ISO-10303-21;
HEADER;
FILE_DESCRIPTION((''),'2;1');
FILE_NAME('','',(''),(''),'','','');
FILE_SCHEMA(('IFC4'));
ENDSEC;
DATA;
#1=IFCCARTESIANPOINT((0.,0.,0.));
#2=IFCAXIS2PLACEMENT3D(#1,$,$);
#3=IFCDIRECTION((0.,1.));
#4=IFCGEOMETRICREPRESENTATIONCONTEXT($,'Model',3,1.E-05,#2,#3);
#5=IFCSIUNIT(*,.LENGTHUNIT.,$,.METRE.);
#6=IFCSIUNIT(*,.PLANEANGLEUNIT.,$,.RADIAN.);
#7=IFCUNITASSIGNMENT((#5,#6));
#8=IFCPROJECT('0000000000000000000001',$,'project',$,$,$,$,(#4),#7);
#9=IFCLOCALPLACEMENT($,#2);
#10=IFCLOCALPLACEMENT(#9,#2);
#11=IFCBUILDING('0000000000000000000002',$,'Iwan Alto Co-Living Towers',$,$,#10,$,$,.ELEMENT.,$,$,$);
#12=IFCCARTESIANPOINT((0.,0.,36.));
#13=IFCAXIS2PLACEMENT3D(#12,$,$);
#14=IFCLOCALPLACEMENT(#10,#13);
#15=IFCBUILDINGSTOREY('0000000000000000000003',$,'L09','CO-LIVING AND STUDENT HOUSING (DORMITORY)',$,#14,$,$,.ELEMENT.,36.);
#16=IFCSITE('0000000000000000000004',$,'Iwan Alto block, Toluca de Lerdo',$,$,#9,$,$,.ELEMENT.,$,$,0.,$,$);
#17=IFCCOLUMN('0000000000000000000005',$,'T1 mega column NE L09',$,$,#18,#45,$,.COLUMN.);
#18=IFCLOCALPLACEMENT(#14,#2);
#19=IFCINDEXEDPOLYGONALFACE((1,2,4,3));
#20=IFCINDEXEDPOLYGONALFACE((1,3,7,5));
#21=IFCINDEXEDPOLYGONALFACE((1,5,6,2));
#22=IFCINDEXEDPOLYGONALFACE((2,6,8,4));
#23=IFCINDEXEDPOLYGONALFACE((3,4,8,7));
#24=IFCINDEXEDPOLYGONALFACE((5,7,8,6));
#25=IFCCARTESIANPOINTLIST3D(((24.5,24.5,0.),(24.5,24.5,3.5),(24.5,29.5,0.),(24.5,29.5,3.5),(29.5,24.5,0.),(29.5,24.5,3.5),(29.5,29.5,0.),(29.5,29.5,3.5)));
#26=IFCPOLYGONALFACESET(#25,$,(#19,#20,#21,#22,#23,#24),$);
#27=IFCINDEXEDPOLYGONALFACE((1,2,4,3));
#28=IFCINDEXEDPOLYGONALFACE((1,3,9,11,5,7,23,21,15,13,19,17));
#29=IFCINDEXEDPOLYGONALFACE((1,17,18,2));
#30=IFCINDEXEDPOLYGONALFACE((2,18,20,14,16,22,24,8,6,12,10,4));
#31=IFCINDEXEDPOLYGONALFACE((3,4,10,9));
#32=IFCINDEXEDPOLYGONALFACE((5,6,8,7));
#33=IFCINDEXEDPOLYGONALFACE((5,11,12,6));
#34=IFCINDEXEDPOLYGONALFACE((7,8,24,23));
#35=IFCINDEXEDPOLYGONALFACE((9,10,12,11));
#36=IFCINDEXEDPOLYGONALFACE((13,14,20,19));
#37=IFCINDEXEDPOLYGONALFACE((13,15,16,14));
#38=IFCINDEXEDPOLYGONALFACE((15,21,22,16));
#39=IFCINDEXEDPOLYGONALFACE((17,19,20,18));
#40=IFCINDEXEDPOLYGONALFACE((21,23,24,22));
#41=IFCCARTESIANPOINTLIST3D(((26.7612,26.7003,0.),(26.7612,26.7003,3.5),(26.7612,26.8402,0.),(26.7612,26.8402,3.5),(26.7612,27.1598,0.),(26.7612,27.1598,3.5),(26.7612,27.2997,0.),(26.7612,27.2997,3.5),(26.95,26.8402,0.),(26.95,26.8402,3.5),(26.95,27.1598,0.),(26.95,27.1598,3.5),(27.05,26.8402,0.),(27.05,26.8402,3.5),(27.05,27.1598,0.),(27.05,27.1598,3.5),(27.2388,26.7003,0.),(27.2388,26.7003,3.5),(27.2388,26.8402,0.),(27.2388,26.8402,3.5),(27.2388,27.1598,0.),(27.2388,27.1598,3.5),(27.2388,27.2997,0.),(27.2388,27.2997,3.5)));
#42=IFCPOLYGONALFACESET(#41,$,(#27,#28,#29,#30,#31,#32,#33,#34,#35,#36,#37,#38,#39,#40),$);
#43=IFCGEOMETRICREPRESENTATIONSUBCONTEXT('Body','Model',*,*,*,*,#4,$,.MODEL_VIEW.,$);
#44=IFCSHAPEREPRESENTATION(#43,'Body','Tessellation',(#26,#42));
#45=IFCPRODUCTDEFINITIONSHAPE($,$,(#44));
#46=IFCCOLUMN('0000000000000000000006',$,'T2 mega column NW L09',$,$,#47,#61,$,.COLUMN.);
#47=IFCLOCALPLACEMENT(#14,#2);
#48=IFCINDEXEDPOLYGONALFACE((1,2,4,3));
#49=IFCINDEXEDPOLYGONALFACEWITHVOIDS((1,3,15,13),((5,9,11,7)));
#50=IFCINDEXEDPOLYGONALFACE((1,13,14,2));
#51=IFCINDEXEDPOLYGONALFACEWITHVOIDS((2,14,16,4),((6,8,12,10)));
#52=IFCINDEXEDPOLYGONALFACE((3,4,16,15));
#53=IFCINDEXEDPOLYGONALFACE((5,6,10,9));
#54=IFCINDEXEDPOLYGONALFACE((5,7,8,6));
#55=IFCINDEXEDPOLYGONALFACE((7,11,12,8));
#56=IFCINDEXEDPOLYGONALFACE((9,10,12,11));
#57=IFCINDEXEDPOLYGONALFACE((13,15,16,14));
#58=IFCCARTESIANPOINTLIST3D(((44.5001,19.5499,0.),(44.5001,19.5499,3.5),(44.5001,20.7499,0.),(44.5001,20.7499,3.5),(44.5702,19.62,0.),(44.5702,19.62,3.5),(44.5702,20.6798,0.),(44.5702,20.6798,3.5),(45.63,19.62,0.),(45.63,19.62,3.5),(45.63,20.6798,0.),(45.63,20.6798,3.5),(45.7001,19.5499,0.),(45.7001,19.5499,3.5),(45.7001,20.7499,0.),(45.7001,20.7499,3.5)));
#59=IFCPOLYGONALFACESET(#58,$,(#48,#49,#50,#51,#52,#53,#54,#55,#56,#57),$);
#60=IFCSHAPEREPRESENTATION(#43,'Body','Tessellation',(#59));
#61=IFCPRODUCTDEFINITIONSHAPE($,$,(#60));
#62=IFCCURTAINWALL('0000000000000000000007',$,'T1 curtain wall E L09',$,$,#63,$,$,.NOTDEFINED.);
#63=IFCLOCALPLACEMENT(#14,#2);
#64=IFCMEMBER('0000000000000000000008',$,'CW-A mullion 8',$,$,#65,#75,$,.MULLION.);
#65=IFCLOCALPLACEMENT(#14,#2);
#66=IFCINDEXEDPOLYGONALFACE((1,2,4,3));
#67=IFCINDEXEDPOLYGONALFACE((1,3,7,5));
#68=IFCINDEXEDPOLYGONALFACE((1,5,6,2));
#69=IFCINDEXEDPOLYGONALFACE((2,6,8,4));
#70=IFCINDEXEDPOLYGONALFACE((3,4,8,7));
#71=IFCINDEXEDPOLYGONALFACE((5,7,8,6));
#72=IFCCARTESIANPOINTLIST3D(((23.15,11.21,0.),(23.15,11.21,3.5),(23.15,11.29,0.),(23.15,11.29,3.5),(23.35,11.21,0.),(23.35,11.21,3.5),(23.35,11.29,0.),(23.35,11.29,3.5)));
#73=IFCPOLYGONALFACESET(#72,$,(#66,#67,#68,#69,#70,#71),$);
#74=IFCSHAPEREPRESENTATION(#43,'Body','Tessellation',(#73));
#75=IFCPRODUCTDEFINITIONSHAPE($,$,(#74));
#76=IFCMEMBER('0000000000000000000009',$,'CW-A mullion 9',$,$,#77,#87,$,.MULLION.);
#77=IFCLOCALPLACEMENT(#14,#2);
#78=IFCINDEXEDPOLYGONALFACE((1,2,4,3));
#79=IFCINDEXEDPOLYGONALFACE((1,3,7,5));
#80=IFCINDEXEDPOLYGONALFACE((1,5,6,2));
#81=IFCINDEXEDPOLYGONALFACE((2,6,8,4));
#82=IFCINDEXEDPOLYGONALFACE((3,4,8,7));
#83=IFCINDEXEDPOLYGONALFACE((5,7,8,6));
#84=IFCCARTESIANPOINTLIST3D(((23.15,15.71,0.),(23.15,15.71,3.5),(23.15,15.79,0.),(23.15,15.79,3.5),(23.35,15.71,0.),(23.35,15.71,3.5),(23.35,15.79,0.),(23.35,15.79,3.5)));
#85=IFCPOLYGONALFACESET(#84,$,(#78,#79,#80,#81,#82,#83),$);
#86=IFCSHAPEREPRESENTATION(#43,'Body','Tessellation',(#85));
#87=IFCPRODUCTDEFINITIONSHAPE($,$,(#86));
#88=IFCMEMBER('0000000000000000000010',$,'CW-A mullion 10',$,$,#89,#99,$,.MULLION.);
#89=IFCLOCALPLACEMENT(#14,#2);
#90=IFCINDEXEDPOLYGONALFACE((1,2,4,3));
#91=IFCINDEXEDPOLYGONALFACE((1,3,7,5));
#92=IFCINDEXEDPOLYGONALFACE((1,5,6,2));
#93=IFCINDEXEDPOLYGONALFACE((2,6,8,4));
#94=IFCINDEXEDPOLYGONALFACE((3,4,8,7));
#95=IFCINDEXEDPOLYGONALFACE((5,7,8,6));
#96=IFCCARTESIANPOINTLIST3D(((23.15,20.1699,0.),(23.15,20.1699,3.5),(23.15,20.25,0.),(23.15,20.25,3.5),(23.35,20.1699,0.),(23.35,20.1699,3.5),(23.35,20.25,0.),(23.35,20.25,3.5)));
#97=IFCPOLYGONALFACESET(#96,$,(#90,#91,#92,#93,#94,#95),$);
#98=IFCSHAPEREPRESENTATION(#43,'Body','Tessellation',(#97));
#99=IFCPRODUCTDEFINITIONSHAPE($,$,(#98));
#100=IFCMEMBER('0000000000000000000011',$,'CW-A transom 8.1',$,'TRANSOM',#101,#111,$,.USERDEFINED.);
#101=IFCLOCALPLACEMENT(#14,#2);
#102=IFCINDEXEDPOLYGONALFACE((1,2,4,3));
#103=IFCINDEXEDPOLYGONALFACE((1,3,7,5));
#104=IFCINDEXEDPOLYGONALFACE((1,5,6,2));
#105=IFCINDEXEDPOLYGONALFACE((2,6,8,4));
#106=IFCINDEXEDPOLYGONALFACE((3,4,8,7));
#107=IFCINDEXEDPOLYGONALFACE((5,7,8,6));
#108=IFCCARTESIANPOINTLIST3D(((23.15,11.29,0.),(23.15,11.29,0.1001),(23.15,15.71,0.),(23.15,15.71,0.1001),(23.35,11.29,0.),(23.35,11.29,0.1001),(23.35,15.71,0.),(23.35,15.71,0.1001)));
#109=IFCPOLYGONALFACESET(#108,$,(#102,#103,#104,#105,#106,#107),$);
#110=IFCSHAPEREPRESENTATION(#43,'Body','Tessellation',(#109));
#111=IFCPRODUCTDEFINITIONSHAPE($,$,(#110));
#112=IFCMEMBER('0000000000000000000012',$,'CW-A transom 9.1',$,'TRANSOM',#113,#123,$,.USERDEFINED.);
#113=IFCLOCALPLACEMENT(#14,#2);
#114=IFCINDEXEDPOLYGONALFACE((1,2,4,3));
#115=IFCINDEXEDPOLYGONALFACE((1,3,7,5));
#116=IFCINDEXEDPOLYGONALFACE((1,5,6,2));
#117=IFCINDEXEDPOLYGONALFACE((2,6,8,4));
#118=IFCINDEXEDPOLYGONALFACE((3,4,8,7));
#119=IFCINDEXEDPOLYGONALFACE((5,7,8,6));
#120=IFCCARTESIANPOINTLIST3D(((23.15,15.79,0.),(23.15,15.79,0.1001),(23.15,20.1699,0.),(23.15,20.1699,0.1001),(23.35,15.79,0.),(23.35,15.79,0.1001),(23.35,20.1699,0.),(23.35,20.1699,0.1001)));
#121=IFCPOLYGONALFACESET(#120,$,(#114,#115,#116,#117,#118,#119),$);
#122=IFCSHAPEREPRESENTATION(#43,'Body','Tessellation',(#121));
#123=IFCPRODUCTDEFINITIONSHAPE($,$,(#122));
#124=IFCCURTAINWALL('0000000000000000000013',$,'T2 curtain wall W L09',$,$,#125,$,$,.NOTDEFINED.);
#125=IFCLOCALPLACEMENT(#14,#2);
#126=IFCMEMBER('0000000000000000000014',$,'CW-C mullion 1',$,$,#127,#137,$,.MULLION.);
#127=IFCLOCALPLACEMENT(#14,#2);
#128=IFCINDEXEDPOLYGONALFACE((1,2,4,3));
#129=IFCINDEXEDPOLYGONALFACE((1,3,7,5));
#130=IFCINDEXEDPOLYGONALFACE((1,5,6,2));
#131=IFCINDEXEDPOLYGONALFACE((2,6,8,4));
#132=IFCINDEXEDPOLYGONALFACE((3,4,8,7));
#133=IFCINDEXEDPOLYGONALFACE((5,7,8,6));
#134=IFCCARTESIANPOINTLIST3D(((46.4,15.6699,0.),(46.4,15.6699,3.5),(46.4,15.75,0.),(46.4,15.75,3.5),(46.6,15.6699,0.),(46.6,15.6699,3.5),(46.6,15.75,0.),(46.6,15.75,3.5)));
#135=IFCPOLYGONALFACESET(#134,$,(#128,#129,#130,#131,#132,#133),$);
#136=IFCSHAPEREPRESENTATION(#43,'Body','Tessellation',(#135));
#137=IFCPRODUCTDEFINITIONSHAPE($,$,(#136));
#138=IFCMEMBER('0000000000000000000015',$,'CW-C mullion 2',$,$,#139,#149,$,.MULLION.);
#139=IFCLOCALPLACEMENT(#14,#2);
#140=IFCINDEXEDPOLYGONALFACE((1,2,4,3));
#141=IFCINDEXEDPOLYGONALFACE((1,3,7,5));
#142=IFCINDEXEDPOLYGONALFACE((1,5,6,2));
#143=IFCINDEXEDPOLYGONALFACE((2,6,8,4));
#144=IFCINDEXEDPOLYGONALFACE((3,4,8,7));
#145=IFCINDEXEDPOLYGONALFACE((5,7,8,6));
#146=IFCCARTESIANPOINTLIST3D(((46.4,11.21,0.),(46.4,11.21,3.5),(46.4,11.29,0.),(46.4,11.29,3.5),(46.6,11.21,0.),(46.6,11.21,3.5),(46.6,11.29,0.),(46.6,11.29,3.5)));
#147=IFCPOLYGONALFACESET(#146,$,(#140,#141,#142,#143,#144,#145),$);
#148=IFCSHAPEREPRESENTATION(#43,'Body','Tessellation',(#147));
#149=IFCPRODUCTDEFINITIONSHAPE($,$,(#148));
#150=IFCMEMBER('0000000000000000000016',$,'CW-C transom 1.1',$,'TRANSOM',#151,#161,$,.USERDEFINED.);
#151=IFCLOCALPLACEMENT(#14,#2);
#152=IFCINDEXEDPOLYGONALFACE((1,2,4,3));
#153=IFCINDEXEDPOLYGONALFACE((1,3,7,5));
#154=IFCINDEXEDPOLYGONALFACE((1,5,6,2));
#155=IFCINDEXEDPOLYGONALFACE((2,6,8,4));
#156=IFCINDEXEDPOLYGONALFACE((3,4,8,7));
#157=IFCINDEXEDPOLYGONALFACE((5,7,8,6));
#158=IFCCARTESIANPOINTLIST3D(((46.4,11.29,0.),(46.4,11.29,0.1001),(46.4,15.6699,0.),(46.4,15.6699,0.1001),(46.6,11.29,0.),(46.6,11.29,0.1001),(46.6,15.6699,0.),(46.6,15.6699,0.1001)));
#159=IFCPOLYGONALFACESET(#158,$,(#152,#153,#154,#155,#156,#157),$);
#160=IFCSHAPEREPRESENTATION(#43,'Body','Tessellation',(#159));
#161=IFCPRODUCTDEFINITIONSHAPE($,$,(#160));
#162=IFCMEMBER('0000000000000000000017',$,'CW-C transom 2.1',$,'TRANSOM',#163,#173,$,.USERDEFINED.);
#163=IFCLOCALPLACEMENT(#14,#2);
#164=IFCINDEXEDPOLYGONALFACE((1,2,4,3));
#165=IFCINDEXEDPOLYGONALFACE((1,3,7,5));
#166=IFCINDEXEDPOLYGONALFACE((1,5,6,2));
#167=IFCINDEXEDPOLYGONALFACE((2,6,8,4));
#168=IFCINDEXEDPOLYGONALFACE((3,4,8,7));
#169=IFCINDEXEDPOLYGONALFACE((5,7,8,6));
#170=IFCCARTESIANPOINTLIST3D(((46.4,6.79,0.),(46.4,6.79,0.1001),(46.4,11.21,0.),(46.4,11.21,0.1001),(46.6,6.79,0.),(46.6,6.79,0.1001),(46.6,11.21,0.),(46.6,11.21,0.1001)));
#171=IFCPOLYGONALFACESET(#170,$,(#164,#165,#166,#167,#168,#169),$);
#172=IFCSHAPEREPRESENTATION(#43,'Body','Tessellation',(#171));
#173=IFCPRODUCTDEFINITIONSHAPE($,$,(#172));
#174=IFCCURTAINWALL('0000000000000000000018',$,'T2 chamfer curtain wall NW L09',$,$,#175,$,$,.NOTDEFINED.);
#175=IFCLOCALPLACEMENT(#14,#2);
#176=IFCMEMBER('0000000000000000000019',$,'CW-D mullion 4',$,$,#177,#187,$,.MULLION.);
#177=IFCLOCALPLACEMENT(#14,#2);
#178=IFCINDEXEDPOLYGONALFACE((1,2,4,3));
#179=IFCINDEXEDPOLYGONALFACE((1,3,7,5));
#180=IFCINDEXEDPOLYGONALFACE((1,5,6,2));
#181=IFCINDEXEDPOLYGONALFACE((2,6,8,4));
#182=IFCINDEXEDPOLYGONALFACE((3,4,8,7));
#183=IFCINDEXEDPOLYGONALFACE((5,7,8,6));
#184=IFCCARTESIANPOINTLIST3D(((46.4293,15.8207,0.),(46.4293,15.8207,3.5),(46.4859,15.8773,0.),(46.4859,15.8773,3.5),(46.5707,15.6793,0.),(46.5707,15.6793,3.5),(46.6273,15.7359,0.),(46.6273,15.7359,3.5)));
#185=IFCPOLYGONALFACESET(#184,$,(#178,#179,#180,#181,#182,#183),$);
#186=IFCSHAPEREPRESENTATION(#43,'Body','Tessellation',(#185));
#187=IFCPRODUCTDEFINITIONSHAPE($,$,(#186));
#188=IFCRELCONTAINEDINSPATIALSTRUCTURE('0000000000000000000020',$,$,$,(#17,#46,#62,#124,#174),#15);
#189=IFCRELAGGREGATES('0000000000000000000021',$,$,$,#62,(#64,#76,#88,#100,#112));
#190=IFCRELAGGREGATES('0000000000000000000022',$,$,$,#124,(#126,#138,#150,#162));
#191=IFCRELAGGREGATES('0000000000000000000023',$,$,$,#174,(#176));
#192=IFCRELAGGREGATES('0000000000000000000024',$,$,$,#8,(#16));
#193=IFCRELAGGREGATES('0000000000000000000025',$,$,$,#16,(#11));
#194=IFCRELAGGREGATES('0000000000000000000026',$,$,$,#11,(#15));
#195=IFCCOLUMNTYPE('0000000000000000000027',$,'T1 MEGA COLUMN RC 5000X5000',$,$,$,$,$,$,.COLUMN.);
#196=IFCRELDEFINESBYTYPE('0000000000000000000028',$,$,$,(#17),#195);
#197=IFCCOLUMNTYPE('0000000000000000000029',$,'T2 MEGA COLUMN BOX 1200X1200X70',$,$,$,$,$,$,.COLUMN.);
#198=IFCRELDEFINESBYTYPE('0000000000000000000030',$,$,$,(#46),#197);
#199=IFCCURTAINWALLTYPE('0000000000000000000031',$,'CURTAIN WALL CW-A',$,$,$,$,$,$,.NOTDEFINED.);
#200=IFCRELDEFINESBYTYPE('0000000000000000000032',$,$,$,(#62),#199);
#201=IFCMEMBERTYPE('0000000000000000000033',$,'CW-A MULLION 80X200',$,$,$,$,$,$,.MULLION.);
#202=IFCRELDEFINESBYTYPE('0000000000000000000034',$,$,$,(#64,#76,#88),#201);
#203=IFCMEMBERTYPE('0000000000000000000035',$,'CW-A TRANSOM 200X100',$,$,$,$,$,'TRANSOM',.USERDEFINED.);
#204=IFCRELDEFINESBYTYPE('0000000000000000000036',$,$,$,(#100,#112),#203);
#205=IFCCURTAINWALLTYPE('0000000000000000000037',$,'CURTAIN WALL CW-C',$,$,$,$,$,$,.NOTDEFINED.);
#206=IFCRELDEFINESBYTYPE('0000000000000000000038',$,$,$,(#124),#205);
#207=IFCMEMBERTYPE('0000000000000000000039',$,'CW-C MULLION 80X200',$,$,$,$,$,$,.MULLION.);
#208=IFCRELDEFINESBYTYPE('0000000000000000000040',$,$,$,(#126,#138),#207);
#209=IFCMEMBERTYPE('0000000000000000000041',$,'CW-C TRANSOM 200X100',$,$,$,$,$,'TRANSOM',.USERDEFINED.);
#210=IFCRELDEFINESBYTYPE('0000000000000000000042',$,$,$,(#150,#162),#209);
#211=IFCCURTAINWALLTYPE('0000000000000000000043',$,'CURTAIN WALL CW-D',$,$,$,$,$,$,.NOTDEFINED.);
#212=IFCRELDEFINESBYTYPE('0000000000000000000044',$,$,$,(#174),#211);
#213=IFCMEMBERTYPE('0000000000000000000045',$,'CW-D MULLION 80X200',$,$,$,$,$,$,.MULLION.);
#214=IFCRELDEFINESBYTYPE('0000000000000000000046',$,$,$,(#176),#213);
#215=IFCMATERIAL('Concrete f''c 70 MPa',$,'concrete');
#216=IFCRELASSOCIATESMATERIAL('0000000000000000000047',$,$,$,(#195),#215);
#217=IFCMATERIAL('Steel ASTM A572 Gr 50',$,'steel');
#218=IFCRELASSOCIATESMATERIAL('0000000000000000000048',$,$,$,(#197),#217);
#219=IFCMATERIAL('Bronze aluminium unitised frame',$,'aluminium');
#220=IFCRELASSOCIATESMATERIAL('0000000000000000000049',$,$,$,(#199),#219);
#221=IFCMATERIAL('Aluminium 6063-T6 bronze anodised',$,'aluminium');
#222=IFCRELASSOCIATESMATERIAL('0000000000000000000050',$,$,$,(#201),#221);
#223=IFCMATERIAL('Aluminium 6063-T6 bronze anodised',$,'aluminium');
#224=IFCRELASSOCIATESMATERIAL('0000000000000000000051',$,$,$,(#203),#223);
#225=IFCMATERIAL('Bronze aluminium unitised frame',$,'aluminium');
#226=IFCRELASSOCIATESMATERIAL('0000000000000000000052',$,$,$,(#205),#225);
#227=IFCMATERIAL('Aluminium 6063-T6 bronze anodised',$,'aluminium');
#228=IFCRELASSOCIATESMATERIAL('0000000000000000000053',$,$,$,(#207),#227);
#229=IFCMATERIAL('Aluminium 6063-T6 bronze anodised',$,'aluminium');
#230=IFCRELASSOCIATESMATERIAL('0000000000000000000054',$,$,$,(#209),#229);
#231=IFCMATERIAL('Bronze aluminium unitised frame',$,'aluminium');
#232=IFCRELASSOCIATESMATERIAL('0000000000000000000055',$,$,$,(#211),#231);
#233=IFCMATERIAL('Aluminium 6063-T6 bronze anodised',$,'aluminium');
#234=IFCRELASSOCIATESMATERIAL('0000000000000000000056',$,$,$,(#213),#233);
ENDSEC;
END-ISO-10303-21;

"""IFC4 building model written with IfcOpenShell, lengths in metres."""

from ifc_helpers import new_model, si_unit, direction, frame, origin, origin_2d, place, context, subcontext, project, spatial, rectangle, hollow_rectangle, i_section, extrude, material, material_profile, profile_set, type_object, element, aggregate, save


model = new_model("IFC4")

# Units and contexts
model_context = context("Model", 3, precision=1e-05, world=origin(), true_north=direction((0.0, 1.0)))
body_context = subcontext(model_context, "Body", "Model", "MODEL_VIEW")
ifc_project = project(units=[si_unit("LENGTHUNIT", "METRE"), si_unit("PLANEANGLEUNIT", "RADIAN")], contexts=[model_context])

# Site, building, storey
site_placement = place(None, origin())
site = spatial("IfcSite", under=ifc_project, at=site_placement, Name="Iwan Alto block, Toluca de Lerdo", CompositionType="ELEMENT", RefElevation=0.0)
building_placement = place(site_placement, origin())
building = spatial("IfcBuilding", under=site, at=building_placement, Name="Iwan Alto Co-Living Towers", CompositionType="ELEMENT")
storey_placement = place(building_placement, frame((0.0, 0.0, 36.0)))
storey = spatial("IfcBuildingStorey", under=building, at=storey_placement, Name="L09", Description="CO-LIVING AND STUDENT HOUSING (DORMITORY)", CompositionType="ELEMENT", Elevation=36.0)

# Columns
ifc_material_1 = material(Name="Concrete f'c 70 MPa", Category="concrete")
ifc_material_profile_1 = material_profile(ifc_material_1, rectangle(XDim=5.0, YDim=5.0, at=origin_2d()), Name="RC 5000X5000")
ifc_profile_set_1 = profile_set([ifc_material_profile_1], Name="Concrete f'c 70 MPa")
column_type_1 = type_object("IfcColumnType", Name="T1 MEGA COLUMN RC 5000X5000", PredefinedType="COLUMN", material=ifc_profile_set_1)
column_1_placement = place(storey_placement, frame((27.0, 27.0, 0.0), z_axis=(0.0, 0.0, 1.0), x_axis=(1.0, 0.0, 0.0)))
element("IfcColumn", 1, at=column_1_placement, inside=storey, type_object=column_type_1, Name="T1 mega column NE L09", PredefinedType="COLUMN", context=body_context, shape_type="SweptSolid", body=[
    extrude(rectangle(XDim=5.0, YDim=5.0, at=origin_2d()), origin(), (0.0, 0.0, 1.0), 3.5),
    extrude(i_section(OverallWidth=0.4775, OverallDepth=0.5994, WebThickness=0.1001, FlangeThickness=0.1399, at=origin_2d()), origin(), (0.0, 0.0, 1.0), 3.5),
])
ifc_material_2 = material(Name="Steel ASTM A572 Gr 50", Category="steel")
ifc_material_profile_2 = material_profile(ifc_material_2, hollow_rectangle(XDim=1.2, YDim=1.2, WallThickness=0.0701, at=origin_2d()), Name="BOX 1200X1200X70")
ifc_profile_set_2 = profile_set([ifc_material_profile_2], Name="Steel ASTM A572 Gr 50")
column_type_2 = type_object("IfcColumnType", Name="T2 MEGA COLUMN BOX 1200X1200X70", PredefinedType="COLUMN", material=ifc_profile_set_2)
column_2_placement = place(storey_placement, frame((45.1001, 20.1499, 0.0), z_axis=(0.0, 0.0, 1.0), x_axis=(1.0, 0.0, 0.0)))
element("IfcColumn", 2, at=column_2_placement, inside=storey, type_object=column_type_2, Name="T2 mega column NW L09", PredefinedType="COLUMN", context=body_context, shape_type="SweptSolid", body=[
    extrude(hollow_rectangle(XDim=1.2, YDim=1.2, WallThickness=0.0701, at=origin_2d()), origin(), (0.0, 0.0, 1.0), 3.5),
])

# Curtain walls, members
ifc_material_3 = material(Name="Bronze aluminium unitised frame", Category="aluminium")
curtain_wall_type_1 = type_object("IfcCurtainWallType", Name="CURTAIN WALL CW-A", PredefinedType="NOTDEFINED", material=ifc_material_3)
curtain_wall_1_placement = place(storey_placement, origin())
curtain_wall_1 = element("IfcCurtainWall", 3, at=curtain_wall_1_placement, inside=storey, type_object=curtain_wall_type_1, Name="T1 curtain wall E L09", PredefinedType="NOTDEFINED")
ifc_material_4 = material(Name="Aluminium 6063-T6 bronze anodised", Category="aluminium")
ifc_material_profile_3 = material_profile(ifc_material_4, rectangle(XDim=0.2, YDim=0.0801, at=origin_2d()), Name="AL 80X200")
ifc_profile_set_3 = profile_set([ifc_material_profile_3], Name="Aluminium 6063-T6 bronze anodised")
member_type_1 = type_object("IfcMemberType", Name="CW-A MULLION 80X200", PredefinedType="MULLION", material=ifc_profile_set_3)
member_1_placement = place(storey_placement, frame((23.25, 11.25, 0.0), z_axis=(0.0, 0.0, 1.0), x_axis=(-1.0, 0.0, 0.0)))
member_1 = element("IfcMember", 4, at=member_1_placement, type_object=member_type_1, Name="CW-A mullion 8", PredefinedType="MULLION", context=body_context, shape_type="SweptSolid", body=[
    extrude(rectangle(XDim=0.2, YDim=0.0801, at=origin_2d()), origin(), (0.0, 0.0, 1.0), 3.5),
])
member_2_placement = place(storey_placement, frame((23.25, 15.75, 0.0), z_axis=(0.0, 0.0, 1.0), x_axis=(-1.0, 0.0, 0.0)))
member_2 = element("IfcMember", 5, at=member_2_placement, type_object=member_type_1, Name="CW-A mullion 9", PredefinedType="MULLION", context=body_context, shape_type="SweptSolid", body=[
    extrude(rectangle(XDim=0.2, YDim=0.0801, at=origin_2d()), origin(), (0.0, 0.0, 1.0), 3.5),
])
member_3_placement = place(storey_placement, frame((23.25, 20.21, 0.0), z_axis=(0.0, 0.0, 1.0), x_axis=(-1.0, 0.0, 0.0)))
member_3 = element("IfcMember", 6, at=member_3_placement, type_object=member_type_1, Name="CW-A mullion 10", PredefinedType="MULLION", context=body_context, shape_type="SweptSolid", body=[
    extrude(rectangle(XDim=0.2, YDim=0.0801, at=origin_2d()), origin(), (0.0, 0.0, 1.0), 3.5),
])
ifc_material_5 = material(Name="Aluminium 6063-T6 bronze anodised", Category="aluminium")
ifc_material_profile_4 = material_profile(ifc_material_5, rectangle(XDim=0.2, YDim=0.1001, at=origin_2d()), Name="AL 200X100")
ifc_profile_set_4 = profile_set([ifc_material_profile_4], Name="Aluminium 6063-T6 bronze anodised")
member_type_2 = type_object("IfcMemberType", Name="CW-A TRANSOM 200X100", ElementType="TRANSOM", PredefinedType="USERDEFINED", material=ifc_profile_set_4)
member_4_placement = place(storey_placement, frame((23.25, 11.29, 0.05), z_axis=(0.0, 1.0, 0.0), x_axis=(-1.0, 0.0, 0.0)))
member_4 = element("IfcMember", 7, at=member_4_placement, type_object=member_type_2, Name="CW-A transom 8.1", ObjectType="TRANSOM", PredefinedType="USERDEFINED", context=body_context, shape_type="SweptSolid", body=[
    extrude(rectangle(XDim=0.2, YDim=0.1001, at=origin_2d()), origin(), (0.0, 0.0, 1.0), 4.4199),
])
member_5_placement = place(storey_placement, frame((23.25, 15.79, 0.05), z_axis=(0.0, 1.0, 0.0), x_axis=(-1.0, 0.0, 0.0)))
member_5 = element("IfcMember", 8, at=member_5_placement, type_object=member_type_2, Name="CW-A transom 9.1", ObjectType="TRANSOM", PredefinedType="USERDEFINED", context=body_context, shape_type="SweptSolid", body=[
    extrude(rectangle(XDim=0.2, YDim=0.1001, at=origin_2d()), origin(), (0.0, 0.0, 1.0), 4.3799),
])
ifc_material_6 = material(Name="Bronze aluminium unitised frame", Category="aluminium")
curtain_wall_type_2 = type_object("IfcCurtainWallType", Name="CURTAIN WALL CW-C", PredefinedType="NOTDEFINED", material=ifc_material_6)
curtain_wall_2_placement = place(storey_placement, origin())
curtain_wall_2 = element("IfcCurtainWall", 9, at=curtain_wall_2_placement, inside=storey, type_object=curtain_wall_type_2, Name="T2 curtain wall W L09", PredefinedType="NOTDEFINED")
ifc_material_7 = material(Name="Aluminium 6063-T6 bronze anodised", Category="aluminium")
ifc_material_profile_5 = material_profile(ifc_material_7, rectangle(XDim=0.2, YDim=0.0801, at=origin_2d()), Name="AL 80X200")
ifc_profile_set_5 = profile_set([ifc_material_profile_5], Name="Aluminium 6063-T6 bronze anodised")
member_type_3 = type_object("IfcMemberType", Name="CW-C MULLION 80X200", PredefinedType="MULLION", material=ifc_profile_set_5)
member_6_placement = place(storey_placement, frame((46.5, 15.71, 0.0), z_axis=(0.0, 0.0, 1.0), x_axis=(1.0, 0.0, 0.0)))
member_6 = element("IfcMember", 10, at=member_6_placement, type_object=member_type_3, Name="CW-C mullion 1", PredefinedType="MULLION", context=body_context, shape_type="SweptSolid", body=[
    extrude(rectangle(XDim=0.2, YDim=0.0801, at=origin_2d()), origin(), (0.0, 0.0, 1.0), 3.5),
])
member_7_placement = place(storey_placement, frame((46.5, 11.25, 0.0), z_axis=(0.0, 0.0, 1.0), x_axis=(1.0, 0.0, 0.0)))
member_7 = element("IfcMember", 11, at=member_7_placement, type_object=member_type_3, Name="CW-C mullion 2", PredefinedType="MULLION", context=body_context, shape_type="SweptSolid", body=[
    extrude(rectangle(XDim=0.2, YDim=0.0801, at=origin_2d()), origin(), (0.0, 0.0, 1.0), 3.5),
])
ifc_material_8 = material(Name="Aluminium 6063-T6 bronze anodised", Category="aluminium")
ifc_material_profile_6 = material_profile(ifc_material_8, rectangle(XDim=0.2, YDim=0.1001, at=origin_2d()), Name="AL 200X100")
ifc_profile_set_6 = profile_set([ifc_material_profile_6], Name="Aluminium 6063-T6 bronze anodised")
member_type_4 = type_object("IfcMemberType", Name="CW-C TRANSOM 200X100", ElementType="TRANSOM", PredefinedType="USERDEFINED", material=ifc_profile_set_6)
member_8_placement = place(storey_placement, frame((46.5, 15.6699, 0.05), z_axis=(0.0, -1.0, 0.0), x_axis=(1.0, 0.0, 0.0)))
member_8 = element("IfcMember", 12, at=member_8_placement, type_object=member_type_4, Name="CW-C transom 1.1", ObjectType="TRANSOM", PredefinedType="USERDEFINED", context=body_context, shape_type="SweptSolid", body=[
    extrude(rectangle(XDim=0.2, YDim=0.1001, at=origin_2d()), origin(), (0.0, 0.0, 1.0), 4.3799),
])
member_9_placement = place(storey_placement, frame((46.5, 11.21, 0.05), z_axis=(0.0, -1.0, 0.0), x_axis=(1.0, 0.0, 0.0)))
member_9 = element("IfcMember", 13, at=member_9_placement, type_object=member_type_4, Name="CW-C transom 2.1", ObjectType="TRANSOM", PredefinedType="USERDEFINED", context=body_context, shape_type="SweptSolid", body=[
    extrude(rectangle(XDim=0.2, YDim=0.1001, at=origin_2d()), origin(), (0.0, 0.0, 1.0), 4.4199),
])

# Curtain wall, member
ifc_material_9 = material(Name="Bronze aluminium unitised frame", Category="aluminium")
curtain_wall_type_3 = type_object("IfcCurtainWallType", Name="CURTAIN WALL CW-D", PredefinedType="NOTDEFINED", material=ifc_material_9)
curtain_wall_3_placement = place(storey_placement, origin())
curtain_wall_3 = element("IfcCurtainWall", 14, at=curtain_wall_3_placement, inside=storey, type_object=curtain_wall_type_3, Name="T2 chamfer curtain wall NW L09", PredefinedType="NOTDEFINED")
ifc_material_10 = material(Name="Aluminium 6063-T6 bronze anodised", Category="aluminium")
ifc_material_profile_7 = material_profile(ifc_material_10, rectangle(XDim=0.2, YDim=0.0801, at=origin_2d()), Name="AL 80X200")
ifc_profile_set_7 = profile_set([ifc_material_profile_7], Name="Aluminium 6063-T6 bronze anodised")
member_type_5 = type_object("IfcMemberType", Name="CW-D MULLION 80X200", PredefinedType="MULLION", material=ifc_profile_set_7)
member_10_placement = place(storey_placement, frame((46.5283, 15.7783, 0.0), z_axis=(0.0, 0.0, 1.0), x_axis=(0.707107, -0.707107, 0.0)))
member_10 = element("IfcMember", 15, at=member_10_placement, type_object=member_type_5, Name="CW-D mullion 4", PredefinedType="MULLION", context=body_context, shape_type="SweptSolid", body=[
    extrude(rectangle(XDim=0.2, YDim=0.0801, at=origin_2d()), origin(), (0.0, 0.0, 1.0), 3.5),
])

aggregate(curtain_wall_1, [member_1, member_2, member_3, member_4, member_5])
aggregate(curtain_wall_2, [member_6, member_7, member_8, member_9])
aggregate(curtain_wall_3, [member_10])

save(model, "model.ifc")
